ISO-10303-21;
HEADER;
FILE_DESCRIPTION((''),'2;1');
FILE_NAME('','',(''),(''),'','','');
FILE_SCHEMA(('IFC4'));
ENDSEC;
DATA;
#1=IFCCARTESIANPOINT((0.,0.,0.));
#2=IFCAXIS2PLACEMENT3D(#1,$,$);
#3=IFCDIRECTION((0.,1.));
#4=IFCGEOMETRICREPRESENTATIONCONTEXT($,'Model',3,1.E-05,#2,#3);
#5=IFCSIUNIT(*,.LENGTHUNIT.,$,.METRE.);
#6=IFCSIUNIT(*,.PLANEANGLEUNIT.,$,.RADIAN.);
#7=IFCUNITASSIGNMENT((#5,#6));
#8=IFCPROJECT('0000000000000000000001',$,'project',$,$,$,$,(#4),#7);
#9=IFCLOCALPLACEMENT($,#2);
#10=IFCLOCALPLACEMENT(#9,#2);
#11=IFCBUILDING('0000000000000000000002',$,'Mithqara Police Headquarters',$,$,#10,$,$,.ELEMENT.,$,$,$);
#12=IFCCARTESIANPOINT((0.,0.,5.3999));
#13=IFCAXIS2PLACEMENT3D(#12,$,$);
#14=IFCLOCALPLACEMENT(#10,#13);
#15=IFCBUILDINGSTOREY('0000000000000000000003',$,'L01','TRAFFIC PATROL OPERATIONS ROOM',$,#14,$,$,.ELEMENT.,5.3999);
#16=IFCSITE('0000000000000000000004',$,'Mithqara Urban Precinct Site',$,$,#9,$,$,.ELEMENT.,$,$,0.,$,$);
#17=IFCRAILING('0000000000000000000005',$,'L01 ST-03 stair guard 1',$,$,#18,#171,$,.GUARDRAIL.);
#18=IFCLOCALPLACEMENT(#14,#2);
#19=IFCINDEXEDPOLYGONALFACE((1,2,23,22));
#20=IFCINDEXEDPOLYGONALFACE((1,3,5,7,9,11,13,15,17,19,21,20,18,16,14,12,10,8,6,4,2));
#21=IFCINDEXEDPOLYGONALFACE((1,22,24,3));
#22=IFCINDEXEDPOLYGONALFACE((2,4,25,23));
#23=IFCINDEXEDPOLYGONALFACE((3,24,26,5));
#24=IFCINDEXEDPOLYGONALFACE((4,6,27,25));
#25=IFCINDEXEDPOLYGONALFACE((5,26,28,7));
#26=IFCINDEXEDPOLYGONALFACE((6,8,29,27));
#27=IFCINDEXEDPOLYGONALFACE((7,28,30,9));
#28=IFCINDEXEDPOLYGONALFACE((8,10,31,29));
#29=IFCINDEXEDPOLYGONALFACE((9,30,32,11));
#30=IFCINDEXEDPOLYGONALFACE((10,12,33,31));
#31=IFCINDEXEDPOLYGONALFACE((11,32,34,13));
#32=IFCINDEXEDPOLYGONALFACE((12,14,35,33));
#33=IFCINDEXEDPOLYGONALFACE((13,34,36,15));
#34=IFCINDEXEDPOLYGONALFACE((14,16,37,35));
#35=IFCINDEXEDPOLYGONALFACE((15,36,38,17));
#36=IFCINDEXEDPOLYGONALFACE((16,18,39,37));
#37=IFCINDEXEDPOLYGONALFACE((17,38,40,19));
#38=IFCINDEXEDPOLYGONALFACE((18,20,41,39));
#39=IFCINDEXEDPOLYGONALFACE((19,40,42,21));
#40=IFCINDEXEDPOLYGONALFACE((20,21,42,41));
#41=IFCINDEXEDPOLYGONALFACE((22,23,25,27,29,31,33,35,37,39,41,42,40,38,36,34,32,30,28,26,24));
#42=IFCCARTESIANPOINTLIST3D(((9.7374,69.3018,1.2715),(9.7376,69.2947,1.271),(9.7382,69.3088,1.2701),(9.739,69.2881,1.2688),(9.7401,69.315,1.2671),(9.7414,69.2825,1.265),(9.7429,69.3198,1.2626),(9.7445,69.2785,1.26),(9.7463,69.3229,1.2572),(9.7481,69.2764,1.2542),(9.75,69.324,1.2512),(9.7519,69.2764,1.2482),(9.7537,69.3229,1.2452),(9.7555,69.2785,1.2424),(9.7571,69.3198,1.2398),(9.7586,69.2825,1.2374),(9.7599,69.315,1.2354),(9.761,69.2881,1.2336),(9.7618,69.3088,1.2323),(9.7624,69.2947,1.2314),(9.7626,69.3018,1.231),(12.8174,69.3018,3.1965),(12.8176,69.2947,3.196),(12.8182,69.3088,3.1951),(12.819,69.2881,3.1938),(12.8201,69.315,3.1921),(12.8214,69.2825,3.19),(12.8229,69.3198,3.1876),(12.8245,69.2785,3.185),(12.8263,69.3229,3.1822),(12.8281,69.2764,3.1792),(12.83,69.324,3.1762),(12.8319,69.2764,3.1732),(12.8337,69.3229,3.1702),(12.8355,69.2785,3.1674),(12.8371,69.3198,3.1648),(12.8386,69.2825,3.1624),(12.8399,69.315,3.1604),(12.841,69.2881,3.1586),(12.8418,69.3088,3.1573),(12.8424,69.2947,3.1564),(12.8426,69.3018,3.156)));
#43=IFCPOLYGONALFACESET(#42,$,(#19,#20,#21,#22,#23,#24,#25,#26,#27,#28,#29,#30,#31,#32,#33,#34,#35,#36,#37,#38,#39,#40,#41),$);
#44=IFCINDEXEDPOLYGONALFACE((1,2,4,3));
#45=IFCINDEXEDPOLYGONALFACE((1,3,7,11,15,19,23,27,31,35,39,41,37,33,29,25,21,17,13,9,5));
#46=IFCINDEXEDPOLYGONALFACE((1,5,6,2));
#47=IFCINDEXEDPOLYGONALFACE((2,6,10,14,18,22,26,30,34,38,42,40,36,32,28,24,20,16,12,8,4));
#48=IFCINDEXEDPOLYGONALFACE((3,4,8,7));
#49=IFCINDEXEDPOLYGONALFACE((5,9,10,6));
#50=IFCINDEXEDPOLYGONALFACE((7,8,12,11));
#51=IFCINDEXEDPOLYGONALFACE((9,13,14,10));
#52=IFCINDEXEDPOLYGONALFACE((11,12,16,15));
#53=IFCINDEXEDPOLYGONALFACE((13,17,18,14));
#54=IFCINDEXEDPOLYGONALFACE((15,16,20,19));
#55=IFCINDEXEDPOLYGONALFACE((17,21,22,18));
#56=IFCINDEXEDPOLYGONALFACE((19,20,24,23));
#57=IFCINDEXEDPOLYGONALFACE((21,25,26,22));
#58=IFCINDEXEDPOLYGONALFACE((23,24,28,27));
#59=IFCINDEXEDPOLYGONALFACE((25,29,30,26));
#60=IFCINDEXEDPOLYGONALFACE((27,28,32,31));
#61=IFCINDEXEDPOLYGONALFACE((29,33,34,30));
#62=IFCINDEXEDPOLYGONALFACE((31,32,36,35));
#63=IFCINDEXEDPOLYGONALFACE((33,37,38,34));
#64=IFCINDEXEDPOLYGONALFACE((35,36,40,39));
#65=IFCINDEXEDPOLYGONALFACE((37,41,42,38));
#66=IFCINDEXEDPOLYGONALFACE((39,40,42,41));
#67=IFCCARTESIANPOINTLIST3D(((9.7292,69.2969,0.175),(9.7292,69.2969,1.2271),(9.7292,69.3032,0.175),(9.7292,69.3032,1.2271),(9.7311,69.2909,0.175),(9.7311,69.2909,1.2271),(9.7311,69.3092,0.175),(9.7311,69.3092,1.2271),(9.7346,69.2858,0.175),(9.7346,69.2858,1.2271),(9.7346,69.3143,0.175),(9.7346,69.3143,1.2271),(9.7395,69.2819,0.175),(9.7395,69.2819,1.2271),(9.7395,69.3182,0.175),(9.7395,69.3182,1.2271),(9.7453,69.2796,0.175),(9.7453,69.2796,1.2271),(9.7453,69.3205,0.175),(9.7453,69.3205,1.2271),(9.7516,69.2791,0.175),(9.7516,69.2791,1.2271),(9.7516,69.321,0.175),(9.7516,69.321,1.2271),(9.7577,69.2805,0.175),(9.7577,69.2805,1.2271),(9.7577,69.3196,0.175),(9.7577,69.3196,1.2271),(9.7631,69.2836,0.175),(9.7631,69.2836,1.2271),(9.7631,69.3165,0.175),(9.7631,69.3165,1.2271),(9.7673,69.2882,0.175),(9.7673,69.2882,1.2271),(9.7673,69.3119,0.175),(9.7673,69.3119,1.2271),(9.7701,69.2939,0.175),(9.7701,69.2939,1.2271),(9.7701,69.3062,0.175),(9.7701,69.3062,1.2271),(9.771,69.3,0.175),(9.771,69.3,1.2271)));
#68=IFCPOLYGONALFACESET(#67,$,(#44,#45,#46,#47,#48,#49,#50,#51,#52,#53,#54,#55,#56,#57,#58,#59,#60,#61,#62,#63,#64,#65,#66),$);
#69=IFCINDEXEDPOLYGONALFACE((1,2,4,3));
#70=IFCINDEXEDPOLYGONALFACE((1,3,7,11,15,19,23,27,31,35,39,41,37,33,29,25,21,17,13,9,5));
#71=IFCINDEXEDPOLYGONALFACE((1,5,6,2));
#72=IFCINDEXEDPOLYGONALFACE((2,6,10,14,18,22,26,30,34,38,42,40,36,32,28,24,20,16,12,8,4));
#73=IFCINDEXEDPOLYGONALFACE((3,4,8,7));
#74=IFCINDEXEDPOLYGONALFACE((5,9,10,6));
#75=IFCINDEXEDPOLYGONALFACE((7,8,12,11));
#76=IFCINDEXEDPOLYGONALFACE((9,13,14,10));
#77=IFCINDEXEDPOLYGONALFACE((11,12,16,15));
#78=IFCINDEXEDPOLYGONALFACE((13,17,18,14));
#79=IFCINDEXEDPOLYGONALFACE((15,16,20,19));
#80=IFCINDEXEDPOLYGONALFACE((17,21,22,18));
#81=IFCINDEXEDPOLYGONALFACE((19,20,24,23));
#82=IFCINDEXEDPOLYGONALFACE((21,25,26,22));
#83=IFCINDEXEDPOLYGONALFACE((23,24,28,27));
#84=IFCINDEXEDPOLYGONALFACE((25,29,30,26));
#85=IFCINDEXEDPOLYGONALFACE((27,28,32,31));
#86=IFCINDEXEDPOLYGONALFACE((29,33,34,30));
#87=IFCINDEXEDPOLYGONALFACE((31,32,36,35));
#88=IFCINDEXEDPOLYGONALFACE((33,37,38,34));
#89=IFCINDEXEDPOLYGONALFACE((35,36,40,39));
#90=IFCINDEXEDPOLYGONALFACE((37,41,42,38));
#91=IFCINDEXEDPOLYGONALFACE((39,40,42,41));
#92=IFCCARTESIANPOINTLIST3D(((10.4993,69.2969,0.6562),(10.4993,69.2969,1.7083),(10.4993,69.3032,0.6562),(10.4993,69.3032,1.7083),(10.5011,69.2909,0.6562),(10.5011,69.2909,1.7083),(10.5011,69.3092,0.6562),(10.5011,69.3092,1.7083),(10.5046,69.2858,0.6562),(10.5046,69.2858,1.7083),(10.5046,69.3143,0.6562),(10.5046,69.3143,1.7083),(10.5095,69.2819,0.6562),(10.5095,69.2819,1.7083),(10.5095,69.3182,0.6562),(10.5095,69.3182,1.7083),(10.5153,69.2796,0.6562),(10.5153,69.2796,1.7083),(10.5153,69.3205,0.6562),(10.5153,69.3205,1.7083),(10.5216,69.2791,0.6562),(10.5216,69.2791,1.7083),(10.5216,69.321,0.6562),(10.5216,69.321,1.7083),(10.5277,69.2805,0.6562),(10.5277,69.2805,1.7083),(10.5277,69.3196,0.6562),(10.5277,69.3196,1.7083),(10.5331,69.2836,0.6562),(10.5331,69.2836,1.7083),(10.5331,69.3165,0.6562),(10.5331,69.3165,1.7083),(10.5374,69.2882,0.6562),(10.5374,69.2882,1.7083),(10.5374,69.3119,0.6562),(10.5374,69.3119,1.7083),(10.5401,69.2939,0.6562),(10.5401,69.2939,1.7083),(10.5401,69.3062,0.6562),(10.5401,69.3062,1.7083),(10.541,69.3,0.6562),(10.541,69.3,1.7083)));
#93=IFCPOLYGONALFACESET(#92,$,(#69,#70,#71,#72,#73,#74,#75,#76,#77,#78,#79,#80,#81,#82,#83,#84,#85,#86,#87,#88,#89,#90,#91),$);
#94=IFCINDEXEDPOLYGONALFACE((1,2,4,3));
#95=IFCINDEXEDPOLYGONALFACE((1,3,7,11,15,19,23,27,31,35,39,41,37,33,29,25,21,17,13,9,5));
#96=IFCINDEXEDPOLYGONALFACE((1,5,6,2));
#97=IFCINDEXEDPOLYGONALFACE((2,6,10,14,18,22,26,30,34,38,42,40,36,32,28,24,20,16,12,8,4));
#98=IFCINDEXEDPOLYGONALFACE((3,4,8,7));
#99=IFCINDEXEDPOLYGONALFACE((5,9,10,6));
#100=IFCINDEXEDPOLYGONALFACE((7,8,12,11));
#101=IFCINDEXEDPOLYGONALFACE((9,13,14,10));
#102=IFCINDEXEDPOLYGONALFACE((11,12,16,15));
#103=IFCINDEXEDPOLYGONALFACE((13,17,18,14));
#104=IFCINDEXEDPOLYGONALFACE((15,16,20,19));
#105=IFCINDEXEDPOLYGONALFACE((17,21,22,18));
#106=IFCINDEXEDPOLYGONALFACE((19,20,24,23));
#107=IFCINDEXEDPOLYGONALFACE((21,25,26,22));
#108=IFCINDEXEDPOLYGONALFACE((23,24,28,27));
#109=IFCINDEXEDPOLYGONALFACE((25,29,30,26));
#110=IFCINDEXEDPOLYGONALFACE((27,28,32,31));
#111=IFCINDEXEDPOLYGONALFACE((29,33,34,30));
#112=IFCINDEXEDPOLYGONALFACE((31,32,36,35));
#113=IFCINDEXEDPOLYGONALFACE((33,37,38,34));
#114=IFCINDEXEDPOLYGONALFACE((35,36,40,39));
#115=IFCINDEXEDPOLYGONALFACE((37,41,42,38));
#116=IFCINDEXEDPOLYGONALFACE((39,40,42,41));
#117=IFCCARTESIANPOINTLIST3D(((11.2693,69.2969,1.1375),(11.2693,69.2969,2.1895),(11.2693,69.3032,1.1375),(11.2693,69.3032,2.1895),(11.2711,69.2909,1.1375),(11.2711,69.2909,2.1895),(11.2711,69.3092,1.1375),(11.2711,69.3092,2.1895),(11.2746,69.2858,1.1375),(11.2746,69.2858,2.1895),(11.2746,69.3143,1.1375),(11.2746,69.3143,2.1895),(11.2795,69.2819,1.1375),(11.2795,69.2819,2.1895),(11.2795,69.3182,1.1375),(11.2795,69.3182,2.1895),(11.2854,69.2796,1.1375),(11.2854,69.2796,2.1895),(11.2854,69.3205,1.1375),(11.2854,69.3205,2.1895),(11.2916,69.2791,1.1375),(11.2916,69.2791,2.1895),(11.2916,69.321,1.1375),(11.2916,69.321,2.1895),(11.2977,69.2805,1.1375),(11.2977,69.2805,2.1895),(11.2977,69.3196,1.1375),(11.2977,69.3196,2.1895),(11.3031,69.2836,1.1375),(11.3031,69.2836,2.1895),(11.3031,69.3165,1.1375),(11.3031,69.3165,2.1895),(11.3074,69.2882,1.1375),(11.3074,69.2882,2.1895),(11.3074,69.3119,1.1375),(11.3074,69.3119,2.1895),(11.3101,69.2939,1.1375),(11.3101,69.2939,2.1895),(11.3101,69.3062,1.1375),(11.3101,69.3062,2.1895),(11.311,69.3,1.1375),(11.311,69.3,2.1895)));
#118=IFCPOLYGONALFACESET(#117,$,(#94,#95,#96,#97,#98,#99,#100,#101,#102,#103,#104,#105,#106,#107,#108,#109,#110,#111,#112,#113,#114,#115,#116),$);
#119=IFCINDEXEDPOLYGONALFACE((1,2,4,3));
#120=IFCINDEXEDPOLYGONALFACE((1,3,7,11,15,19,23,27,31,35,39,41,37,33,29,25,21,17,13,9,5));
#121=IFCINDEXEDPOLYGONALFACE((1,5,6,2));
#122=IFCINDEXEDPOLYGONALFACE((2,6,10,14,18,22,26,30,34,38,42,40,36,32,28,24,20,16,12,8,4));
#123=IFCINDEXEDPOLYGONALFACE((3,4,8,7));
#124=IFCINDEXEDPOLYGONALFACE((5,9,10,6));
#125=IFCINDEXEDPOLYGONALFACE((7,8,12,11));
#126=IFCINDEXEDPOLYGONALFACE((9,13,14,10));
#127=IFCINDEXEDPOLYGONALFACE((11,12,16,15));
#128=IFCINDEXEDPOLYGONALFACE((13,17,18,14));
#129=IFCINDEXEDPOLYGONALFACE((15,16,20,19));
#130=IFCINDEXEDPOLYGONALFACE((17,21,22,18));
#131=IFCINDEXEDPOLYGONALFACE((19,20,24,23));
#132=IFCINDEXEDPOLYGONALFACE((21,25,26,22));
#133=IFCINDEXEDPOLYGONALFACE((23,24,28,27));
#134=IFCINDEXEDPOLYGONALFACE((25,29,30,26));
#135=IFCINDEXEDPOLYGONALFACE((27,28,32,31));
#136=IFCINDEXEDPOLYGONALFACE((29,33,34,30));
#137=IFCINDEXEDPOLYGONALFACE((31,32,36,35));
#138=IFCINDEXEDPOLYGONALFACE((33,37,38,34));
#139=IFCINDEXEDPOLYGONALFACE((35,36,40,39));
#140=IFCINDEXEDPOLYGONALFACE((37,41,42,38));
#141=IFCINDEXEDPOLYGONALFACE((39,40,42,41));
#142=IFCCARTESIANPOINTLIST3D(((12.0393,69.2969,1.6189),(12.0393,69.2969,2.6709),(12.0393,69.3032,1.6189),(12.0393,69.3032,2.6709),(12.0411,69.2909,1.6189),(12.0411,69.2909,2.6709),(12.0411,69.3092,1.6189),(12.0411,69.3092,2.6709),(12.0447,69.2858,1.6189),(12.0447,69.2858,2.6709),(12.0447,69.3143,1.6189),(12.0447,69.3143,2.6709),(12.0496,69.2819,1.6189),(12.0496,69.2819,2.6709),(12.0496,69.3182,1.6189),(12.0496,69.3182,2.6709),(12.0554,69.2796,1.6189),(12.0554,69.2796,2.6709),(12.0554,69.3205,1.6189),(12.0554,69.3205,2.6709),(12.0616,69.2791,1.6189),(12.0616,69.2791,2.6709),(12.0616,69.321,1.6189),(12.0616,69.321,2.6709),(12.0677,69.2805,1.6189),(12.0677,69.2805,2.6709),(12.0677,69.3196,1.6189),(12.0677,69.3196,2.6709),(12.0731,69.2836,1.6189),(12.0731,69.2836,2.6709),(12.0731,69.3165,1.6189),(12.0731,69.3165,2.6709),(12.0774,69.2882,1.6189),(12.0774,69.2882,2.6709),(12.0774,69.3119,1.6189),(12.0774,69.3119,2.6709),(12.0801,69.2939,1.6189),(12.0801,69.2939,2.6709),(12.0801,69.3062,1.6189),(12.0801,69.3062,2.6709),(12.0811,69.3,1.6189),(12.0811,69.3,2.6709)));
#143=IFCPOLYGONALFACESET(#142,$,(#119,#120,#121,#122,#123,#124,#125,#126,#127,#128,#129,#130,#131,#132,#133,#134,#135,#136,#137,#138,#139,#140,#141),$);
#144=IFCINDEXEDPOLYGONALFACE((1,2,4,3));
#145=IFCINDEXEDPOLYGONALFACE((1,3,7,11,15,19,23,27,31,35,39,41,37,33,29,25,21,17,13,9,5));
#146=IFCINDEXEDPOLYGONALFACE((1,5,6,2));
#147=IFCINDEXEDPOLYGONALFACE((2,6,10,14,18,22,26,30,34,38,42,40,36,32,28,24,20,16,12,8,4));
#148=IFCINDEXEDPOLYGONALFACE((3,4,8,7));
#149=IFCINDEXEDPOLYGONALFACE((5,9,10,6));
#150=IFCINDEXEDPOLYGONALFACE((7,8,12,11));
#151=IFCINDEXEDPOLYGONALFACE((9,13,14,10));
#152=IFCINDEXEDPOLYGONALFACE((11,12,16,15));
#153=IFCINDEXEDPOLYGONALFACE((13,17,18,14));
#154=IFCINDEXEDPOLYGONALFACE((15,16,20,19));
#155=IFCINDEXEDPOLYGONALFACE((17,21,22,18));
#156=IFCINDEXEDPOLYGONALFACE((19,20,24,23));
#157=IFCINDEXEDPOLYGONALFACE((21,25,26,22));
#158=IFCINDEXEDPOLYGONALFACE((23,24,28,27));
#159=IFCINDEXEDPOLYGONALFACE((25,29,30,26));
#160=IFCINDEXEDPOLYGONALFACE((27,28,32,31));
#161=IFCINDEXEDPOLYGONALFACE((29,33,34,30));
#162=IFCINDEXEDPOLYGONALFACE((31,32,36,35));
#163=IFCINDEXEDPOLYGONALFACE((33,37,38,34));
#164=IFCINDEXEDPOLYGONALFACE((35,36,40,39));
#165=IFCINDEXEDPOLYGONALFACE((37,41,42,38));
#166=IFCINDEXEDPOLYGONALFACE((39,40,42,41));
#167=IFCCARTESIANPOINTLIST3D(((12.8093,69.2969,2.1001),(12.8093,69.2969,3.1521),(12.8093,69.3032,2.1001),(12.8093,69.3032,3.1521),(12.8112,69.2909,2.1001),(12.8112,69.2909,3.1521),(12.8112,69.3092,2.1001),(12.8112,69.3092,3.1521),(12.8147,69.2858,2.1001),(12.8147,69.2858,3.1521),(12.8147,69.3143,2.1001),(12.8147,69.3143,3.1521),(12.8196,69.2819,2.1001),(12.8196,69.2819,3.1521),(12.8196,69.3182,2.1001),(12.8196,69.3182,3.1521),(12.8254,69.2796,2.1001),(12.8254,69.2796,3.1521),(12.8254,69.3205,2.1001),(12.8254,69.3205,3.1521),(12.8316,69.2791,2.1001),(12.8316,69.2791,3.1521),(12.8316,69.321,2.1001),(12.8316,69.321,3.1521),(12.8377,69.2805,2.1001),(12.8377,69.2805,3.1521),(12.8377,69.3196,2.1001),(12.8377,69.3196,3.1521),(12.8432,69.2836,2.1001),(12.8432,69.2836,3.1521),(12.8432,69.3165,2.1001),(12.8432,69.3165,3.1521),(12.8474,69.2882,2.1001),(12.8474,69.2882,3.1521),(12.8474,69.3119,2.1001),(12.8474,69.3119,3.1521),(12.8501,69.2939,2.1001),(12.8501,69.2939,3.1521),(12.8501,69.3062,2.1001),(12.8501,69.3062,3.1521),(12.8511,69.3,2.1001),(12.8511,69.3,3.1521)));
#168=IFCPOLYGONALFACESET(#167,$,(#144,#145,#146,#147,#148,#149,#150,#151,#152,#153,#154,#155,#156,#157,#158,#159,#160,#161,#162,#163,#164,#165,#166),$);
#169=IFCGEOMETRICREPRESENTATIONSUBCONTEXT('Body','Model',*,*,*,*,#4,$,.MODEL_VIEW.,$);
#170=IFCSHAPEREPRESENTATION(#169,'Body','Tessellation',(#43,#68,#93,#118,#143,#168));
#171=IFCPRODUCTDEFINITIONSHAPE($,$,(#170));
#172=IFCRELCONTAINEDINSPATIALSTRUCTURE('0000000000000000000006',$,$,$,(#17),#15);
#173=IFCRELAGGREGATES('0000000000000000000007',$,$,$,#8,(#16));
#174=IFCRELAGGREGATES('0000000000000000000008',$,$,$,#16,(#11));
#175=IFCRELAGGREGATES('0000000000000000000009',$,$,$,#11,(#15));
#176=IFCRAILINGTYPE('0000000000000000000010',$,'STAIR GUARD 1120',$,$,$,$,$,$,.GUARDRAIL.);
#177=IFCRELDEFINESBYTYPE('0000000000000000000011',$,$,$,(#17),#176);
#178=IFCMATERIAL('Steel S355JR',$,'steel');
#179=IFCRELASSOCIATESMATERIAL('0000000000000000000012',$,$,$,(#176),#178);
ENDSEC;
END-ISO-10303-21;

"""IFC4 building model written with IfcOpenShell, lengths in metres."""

from ifc_helpers import new_model, si_unit, direction, frame, origin, origin_2d, place, context, subcontext, project, spatial, circle, extrude, material, type_object, element, save


model = new_model("IFC4")

# Units and contexts
model_context = context("Model", 3, precision=1e-05, world=origin(), true_north=direction((0.0, 1.0)))
body_context = subcontext(model_context, "Body", "Model", "MODEL_VIEW")
ifc_project = project(units=[si_unit("LENGTHUNIT", "METRE"), si_unit("PLANEANGLEUNIT", "RADIAN")], contexts=[model_context])

# Site, building, storey
site_placement = place(None, origin())
site = spatial("IfcSite", under=ifc_project, at=site_placement, Name="Mithqara Urban Precinct Site", CompositionType="ELEMENT", RefElevation=0.0)
building_placement = place(site_placement, origin())
building = spatial("IfcBuilding", under=site, at=building_placement, Name="Mithqara Police Headquarters", CompositionType="ELEMENT")
storey_placement = place(building_placement, frame((0.0, 0.0, 5.3999)))
storey = spatial("IfcBuildingStorey", under=building, at=storey_placement, Name="L01", Description="TRAFFIC PATROL OPERATIONS ROOM", CompositionType="ELEMENT", Elevation=5.3999)

# Shared definitions
ifc_material_1 = material(Name="Steel S355JR", Category="steel")

# Railing
railing_type_1 = type_object("IfcRailingType", Name="STAIR GUARD 1120", PredefinedType="GUARDRAIL", material=ifc_material_1)
railing_1_placement = place(storey_placement, frame((9.75, 69.3, 0.175)))
element("IfcRailing", 1, at=railing_1_placement, inside=storey, type_object=railing_type_1, Name="L01 ST-03 stair guard 1", PredefinedType="GUARDRAIL", context=body_context, shape_type="SweptSolid", body=[
    extrude(circle(Radius=0.0239, at=origin_2d()), frame((0.0, 0.0, 1.0762), z_axis=(0.847998, 0.0, 0.529999), x_axis=(0.0, 1.0, 0.0)), (0.0, 0.0, 1.0), 3.6321),
    extrude(circle(Radius=0.021, at=origin_2d()), origin(), (0.0, 0.0, 1.0), 1.052),
    extrude(circle(Radius=0.021, at=origin_2d()), frame((0.77, 0.0, 0.4812)), (0.0, 0.0, 1.0), 1.052),
    extrude(circle(Radius=0.021, at=origin_2d()), frame((1.54, 0.0, 0.9624)), (0.0, 0.0, 1.0), 1.052),
    extrude(circle(Radius=0.021, at=origin_2d()), frame((2.3101, 0.0, 1.4438)), (0.0, 0.0, 1.0), 1.052),
    extrude(circle(Radius=0.021, at=origin_2d()), frame((3.0801, 0.0, 1.925)), (0.0, 0.0, 1.0), 1.052),
])

save(model, "model.ifc")
